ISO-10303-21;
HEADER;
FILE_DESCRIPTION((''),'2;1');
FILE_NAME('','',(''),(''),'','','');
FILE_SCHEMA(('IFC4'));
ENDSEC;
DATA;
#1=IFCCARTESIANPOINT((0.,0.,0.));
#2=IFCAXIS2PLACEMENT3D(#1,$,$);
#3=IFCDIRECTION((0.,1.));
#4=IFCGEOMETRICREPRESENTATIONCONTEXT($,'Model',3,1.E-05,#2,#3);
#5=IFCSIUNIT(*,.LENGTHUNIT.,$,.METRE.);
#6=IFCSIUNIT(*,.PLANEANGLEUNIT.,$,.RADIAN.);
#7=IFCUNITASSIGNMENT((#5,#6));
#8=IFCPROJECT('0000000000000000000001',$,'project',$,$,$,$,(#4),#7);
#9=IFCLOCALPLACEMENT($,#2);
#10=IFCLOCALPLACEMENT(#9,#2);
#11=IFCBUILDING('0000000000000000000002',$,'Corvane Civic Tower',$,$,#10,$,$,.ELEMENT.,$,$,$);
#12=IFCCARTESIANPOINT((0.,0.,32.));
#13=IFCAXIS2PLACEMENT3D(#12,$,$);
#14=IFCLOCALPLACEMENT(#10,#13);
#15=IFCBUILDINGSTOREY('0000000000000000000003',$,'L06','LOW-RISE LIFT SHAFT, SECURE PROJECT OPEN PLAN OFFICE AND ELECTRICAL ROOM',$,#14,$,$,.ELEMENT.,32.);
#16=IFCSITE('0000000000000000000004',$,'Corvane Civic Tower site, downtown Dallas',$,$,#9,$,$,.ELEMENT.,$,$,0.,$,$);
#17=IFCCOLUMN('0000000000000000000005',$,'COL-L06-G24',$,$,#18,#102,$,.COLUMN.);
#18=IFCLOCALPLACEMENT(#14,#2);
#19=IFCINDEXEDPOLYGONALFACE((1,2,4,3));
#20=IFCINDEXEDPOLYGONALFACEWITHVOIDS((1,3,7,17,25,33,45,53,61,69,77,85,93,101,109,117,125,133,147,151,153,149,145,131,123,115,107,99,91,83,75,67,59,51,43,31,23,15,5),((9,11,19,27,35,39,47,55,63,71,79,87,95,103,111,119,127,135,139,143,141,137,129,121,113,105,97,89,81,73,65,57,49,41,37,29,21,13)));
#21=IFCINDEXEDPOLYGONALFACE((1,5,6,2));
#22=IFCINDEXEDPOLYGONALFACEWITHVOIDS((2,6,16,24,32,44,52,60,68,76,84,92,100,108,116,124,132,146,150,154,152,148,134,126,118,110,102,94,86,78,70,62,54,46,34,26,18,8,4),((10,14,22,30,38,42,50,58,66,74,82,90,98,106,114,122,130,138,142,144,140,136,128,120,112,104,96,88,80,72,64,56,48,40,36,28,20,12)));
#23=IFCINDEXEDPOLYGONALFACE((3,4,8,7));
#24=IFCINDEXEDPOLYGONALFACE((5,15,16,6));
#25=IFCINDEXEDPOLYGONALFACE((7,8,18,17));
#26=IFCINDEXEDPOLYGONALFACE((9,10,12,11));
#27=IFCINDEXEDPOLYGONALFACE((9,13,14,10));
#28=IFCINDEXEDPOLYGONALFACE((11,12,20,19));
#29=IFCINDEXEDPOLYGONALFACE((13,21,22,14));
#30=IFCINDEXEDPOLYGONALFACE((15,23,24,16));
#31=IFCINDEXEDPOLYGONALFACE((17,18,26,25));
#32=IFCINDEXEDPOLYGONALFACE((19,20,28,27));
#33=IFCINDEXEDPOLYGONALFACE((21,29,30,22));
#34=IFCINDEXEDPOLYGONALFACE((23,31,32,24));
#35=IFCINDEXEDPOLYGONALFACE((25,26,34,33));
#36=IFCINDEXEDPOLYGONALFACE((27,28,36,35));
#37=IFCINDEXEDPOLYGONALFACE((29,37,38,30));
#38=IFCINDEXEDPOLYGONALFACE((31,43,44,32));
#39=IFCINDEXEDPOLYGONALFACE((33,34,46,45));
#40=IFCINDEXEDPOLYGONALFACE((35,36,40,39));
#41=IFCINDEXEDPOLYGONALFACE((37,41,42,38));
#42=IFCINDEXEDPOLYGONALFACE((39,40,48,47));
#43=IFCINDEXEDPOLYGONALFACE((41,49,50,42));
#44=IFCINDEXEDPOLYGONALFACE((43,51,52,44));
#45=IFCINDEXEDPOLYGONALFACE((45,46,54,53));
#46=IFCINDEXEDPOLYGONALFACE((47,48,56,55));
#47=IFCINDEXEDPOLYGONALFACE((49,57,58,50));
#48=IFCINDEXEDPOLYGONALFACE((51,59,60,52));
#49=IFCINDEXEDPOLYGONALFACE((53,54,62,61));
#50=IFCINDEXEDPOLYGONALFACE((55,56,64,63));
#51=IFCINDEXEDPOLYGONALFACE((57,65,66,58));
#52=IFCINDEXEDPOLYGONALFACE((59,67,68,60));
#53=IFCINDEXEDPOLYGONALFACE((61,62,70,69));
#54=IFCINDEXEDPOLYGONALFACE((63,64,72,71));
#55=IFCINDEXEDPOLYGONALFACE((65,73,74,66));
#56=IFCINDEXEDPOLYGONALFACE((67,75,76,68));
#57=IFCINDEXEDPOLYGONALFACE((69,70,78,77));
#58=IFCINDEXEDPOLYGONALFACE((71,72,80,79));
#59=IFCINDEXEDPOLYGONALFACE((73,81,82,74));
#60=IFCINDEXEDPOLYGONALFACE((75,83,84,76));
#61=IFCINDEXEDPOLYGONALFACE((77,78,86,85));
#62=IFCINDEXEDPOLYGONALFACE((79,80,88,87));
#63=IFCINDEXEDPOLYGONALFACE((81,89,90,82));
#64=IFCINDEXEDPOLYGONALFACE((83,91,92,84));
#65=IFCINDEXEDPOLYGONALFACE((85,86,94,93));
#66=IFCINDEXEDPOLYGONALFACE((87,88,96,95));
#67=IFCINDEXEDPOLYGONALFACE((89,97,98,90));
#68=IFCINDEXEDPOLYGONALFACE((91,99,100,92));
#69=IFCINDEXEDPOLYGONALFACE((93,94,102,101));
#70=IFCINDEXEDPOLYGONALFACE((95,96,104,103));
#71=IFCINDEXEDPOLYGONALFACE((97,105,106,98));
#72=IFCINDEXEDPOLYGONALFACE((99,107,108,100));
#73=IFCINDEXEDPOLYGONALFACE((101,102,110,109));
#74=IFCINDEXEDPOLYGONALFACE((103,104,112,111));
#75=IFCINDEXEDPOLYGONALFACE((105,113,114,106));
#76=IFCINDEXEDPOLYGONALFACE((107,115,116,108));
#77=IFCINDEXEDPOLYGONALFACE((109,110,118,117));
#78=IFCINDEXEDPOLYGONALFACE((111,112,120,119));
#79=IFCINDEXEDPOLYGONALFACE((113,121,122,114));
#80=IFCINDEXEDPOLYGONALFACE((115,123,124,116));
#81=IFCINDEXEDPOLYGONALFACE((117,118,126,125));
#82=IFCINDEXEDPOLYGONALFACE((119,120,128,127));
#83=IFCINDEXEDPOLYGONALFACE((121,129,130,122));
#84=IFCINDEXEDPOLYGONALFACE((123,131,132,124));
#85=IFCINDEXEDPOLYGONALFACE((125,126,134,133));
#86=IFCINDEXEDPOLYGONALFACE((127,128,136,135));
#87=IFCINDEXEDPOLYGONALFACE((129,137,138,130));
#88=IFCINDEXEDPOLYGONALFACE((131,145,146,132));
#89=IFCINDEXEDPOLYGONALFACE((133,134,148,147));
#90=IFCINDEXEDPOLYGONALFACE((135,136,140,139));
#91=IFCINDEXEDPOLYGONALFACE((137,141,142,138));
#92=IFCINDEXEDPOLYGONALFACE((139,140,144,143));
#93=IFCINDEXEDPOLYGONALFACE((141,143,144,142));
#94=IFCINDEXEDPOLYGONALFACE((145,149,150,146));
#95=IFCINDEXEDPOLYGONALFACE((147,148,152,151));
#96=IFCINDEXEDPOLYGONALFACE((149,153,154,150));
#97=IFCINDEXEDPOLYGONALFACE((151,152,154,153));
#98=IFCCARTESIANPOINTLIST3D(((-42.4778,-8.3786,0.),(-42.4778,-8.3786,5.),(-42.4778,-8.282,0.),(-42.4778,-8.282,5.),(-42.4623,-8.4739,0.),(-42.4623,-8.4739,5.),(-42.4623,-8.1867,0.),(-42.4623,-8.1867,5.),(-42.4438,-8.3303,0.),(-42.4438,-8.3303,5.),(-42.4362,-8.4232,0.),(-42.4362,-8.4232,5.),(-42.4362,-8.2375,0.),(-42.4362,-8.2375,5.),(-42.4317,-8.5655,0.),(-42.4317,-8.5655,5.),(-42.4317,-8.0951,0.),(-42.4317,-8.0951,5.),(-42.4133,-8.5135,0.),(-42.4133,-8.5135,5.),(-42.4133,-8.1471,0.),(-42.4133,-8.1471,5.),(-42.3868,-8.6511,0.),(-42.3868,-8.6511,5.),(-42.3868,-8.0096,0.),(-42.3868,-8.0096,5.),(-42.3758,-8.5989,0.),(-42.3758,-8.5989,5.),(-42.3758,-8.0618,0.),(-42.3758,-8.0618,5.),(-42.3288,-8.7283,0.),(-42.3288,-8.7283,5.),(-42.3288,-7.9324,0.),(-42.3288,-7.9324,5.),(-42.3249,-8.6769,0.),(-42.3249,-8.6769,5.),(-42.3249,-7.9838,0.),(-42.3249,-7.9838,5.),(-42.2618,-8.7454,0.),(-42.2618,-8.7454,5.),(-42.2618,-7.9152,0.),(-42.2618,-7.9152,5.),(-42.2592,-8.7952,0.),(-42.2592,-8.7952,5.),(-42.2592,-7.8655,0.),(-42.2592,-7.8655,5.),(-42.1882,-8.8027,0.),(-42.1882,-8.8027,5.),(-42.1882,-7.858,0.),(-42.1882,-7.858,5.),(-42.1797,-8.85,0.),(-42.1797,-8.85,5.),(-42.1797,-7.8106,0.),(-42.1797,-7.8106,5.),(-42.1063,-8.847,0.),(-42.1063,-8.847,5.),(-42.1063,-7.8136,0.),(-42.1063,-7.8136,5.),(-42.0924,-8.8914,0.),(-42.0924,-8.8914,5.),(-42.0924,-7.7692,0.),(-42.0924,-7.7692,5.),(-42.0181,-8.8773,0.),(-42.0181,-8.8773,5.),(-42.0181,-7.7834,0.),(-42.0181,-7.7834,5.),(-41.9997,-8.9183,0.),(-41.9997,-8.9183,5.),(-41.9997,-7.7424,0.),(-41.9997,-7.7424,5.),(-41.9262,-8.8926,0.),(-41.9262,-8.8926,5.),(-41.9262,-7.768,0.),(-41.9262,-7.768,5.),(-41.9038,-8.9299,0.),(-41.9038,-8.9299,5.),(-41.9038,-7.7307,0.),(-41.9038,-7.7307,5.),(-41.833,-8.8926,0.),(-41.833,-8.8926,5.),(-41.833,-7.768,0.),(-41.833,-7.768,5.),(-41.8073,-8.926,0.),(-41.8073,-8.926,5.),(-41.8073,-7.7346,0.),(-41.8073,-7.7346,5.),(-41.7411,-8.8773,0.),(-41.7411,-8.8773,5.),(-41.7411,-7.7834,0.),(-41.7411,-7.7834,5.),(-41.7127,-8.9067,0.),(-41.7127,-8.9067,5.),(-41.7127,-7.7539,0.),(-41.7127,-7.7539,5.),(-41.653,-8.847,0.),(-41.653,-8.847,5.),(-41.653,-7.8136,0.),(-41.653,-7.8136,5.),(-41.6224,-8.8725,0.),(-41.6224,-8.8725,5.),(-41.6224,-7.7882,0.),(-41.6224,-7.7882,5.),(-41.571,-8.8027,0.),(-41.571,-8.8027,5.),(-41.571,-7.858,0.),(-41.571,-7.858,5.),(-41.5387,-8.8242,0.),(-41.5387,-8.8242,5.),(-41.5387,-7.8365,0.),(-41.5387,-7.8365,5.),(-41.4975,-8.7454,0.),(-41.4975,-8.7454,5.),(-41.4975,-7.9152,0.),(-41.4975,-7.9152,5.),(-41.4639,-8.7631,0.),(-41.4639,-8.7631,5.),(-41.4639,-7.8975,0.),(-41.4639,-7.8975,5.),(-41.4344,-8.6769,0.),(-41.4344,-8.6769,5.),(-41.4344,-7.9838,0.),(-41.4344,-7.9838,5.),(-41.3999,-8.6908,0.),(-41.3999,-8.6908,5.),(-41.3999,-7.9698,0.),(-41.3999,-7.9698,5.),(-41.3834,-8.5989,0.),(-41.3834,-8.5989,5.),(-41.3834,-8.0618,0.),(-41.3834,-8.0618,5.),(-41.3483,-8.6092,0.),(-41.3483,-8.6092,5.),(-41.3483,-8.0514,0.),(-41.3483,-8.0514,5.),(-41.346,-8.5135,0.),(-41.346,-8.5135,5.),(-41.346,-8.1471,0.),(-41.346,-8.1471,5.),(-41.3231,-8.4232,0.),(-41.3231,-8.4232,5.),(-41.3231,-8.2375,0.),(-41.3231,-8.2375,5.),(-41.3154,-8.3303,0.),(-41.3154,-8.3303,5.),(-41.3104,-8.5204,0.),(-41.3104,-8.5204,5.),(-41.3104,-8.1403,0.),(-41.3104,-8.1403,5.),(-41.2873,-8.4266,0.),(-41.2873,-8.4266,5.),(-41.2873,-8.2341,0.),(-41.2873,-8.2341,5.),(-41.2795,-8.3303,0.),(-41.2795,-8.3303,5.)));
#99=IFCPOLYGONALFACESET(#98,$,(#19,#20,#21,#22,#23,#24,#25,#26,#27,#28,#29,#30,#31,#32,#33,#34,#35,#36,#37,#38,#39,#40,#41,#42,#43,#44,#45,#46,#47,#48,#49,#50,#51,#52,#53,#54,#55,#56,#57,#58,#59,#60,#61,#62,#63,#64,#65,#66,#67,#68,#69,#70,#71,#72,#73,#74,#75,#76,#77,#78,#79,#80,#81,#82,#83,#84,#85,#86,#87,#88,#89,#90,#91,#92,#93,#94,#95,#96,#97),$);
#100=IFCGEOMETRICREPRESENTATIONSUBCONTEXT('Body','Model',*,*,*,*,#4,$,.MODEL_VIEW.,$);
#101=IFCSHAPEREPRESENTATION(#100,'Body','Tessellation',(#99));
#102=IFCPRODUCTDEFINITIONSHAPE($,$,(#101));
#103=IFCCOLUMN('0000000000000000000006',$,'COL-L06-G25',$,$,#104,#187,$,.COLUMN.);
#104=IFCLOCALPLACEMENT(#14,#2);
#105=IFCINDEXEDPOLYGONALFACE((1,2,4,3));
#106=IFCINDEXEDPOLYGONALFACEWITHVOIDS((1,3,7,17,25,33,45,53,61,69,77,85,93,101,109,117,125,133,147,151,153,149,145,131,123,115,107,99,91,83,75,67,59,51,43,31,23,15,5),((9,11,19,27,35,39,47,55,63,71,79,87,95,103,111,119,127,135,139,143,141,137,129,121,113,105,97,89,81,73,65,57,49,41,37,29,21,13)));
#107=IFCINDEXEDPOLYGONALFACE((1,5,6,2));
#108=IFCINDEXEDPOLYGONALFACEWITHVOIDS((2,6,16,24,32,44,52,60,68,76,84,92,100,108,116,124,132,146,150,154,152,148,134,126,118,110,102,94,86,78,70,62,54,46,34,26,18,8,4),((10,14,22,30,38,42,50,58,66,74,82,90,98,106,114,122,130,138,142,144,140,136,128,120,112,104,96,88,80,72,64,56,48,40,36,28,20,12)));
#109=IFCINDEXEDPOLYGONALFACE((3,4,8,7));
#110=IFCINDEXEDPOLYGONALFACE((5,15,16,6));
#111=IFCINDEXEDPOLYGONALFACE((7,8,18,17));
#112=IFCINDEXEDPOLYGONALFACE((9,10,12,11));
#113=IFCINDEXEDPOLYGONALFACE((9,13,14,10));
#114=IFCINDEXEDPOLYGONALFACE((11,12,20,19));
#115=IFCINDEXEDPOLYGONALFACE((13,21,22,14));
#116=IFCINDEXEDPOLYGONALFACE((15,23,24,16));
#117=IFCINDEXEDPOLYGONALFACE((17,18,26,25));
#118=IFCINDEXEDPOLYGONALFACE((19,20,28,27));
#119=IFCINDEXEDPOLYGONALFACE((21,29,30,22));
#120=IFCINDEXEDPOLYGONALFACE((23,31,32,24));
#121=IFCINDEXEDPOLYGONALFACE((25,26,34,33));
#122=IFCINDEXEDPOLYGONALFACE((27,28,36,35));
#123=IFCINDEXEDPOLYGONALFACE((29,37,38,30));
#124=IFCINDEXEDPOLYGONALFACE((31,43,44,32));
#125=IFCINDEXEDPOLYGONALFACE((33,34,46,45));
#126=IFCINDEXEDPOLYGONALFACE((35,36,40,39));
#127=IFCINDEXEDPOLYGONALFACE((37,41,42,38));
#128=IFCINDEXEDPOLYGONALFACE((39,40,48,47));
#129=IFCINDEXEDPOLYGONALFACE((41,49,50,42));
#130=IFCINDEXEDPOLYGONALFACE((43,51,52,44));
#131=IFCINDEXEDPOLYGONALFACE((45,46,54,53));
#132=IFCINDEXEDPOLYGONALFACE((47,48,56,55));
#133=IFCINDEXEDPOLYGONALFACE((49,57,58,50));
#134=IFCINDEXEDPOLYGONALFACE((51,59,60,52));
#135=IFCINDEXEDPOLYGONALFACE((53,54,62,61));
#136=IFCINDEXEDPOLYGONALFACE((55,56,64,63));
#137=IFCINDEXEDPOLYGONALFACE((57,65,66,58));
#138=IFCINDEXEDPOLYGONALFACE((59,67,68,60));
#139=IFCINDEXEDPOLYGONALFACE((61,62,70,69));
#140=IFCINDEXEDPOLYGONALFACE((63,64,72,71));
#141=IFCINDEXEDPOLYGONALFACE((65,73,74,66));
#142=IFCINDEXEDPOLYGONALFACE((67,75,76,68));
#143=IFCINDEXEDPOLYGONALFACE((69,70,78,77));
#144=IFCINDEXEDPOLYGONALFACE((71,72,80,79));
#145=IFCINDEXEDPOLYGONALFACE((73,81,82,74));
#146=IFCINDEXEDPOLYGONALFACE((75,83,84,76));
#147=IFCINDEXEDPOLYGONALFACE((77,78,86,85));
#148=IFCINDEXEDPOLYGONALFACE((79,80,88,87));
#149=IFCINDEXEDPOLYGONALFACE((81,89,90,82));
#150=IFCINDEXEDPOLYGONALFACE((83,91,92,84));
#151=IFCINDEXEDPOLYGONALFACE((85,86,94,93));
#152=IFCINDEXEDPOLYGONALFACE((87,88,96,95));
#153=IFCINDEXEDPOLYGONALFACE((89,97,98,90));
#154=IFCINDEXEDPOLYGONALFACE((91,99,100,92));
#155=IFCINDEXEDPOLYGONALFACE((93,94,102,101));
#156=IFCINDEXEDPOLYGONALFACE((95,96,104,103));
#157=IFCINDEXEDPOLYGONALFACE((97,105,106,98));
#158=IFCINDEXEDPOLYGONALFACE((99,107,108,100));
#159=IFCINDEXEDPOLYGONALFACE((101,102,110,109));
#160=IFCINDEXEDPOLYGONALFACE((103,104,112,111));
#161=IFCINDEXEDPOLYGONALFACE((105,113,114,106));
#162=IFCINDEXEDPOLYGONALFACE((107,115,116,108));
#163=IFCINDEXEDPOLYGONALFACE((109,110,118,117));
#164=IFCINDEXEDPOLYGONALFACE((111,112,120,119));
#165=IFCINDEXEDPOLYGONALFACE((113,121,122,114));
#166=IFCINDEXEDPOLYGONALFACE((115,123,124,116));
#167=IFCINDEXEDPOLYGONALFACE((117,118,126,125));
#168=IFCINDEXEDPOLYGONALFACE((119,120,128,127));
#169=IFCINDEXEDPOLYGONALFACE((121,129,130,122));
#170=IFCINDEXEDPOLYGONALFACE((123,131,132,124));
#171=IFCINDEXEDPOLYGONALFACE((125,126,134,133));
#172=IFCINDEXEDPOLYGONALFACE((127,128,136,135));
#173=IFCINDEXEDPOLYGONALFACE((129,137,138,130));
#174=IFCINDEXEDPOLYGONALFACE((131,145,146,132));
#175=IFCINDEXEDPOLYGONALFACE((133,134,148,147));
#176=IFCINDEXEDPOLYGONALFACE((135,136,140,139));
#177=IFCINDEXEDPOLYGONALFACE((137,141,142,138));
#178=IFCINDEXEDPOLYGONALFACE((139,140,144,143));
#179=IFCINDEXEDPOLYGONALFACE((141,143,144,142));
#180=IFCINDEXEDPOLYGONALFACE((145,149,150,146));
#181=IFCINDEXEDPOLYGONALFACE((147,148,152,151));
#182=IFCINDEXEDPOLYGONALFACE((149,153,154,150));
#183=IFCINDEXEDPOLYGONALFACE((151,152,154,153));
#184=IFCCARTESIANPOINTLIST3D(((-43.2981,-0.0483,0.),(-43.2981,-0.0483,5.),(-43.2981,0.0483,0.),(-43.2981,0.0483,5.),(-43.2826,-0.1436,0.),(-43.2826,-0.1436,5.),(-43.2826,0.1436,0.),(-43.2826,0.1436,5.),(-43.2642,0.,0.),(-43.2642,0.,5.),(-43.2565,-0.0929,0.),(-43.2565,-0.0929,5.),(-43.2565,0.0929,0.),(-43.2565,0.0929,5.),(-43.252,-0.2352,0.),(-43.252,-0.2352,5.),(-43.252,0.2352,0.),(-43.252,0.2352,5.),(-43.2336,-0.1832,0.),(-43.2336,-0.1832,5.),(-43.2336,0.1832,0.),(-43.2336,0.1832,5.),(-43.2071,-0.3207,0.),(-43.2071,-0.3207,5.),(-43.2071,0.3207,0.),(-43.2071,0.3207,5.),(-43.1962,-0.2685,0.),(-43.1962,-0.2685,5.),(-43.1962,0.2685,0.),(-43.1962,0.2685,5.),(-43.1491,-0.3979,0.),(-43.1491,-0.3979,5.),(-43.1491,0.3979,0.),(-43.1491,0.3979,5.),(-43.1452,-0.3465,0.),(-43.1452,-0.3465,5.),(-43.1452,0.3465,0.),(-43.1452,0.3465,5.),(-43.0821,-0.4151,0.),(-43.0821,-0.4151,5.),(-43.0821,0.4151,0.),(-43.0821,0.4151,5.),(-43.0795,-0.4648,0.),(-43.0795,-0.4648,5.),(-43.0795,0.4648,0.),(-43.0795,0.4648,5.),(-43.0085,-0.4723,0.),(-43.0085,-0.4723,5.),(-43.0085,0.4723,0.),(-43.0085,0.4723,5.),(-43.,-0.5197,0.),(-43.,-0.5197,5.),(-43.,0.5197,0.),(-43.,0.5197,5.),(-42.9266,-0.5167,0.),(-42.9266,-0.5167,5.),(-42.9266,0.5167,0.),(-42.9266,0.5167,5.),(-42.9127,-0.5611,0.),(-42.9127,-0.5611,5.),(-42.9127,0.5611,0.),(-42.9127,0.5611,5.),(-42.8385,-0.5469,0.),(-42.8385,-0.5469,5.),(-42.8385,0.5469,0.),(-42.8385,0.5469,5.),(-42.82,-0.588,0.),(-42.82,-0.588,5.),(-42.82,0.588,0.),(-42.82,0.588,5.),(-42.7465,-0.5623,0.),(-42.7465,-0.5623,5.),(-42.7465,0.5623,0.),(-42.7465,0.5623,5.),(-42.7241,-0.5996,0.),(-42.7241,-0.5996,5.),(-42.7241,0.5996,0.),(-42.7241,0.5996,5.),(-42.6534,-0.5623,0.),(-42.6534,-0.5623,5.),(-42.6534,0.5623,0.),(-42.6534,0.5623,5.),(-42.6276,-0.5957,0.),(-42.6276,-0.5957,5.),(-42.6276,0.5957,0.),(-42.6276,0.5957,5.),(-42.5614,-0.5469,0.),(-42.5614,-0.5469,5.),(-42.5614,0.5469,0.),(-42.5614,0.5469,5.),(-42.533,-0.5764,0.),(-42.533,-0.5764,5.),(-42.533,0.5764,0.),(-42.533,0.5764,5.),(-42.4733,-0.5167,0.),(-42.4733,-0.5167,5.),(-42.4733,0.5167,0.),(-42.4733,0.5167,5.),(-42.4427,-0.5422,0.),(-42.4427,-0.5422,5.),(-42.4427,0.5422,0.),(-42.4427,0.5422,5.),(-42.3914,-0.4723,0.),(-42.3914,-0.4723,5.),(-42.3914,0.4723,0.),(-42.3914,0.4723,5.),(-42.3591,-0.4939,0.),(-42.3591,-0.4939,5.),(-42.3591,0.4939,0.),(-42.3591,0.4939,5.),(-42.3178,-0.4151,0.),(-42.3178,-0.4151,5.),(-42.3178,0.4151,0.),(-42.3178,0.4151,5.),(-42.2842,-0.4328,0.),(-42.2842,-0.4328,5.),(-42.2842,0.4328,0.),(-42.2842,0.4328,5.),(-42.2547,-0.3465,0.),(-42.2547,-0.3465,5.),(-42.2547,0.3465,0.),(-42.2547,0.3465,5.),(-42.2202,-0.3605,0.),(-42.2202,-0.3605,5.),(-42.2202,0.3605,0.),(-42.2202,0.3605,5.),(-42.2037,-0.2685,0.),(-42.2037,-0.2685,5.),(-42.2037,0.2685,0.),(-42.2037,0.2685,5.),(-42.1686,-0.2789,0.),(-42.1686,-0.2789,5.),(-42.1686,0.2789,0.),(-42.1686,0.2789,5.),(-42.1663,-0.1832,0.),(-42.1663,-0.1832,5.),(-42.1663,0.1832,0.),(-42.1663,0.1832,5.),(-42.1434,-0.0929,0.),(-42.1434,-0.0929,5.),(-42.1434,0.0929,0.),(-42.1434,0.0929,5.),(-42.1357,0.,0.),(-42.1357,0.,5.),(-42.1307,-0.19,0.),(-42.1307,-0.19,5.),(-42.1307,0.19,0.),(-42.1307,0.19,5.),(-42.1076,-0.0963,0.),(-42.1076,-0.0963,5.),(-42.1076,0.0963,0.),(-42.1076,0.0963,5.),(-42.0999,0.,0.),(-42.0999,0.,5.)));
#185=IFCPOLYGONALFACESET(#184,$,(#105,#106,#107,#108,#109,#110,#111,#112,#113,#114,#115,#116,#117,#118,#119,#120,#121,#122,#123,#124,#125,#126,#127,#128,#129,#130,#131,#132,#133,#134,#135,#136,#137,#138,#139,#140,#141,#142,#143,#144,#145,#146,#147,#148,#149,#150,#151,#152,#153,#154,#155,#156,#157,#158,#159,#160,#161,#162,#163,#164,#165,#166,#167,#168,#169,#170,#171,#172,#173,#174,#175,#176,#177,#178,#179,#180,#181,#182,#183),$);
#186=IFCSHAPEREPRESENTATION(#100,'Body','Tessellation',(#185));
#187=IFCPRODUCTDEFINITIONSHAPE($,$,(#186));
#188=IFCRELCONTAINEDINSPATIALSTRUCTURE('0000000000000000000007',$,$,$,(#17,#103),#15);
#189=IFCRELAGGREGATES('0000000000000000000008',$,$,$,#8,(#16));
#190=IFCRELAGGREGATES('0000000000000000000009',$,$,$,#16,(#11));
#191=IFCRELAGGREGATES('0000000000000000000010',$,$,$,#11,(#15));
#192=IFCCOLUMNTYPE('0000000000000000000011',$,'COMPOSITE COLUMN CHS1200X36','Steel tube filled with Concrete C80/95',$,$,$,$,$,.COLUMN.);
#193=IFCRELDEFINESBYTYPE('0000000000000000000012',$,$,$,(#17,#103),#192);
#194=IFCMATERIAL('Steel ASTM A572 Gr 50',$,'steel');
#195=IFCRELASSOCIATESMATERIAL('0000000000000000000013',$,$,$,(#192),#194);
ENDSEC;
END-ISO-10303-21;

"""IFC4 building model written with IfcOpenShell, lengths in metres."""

from ifc_helpers import new_model, si_unit, direction, frame, origin, origin_2d, place, context, subcontext, project, spatial, hollow_circle, extrude, material, material_profile, profile_set, type_object, element, save


model = new_model("IFC4")

# Units and contexts
model_context = context("Model", 3, precision=1e-05, world=origin(), true_north=direction((0.0, 1.0)))
body_context = subcontext(model_context, "Body", "Model", "MODEL_VIEW")
ifc_project = project(units=[si_unit("LENGTHUNIT", "METRE"), si_unit("PLANEANGLEUNIT", "RADIAN")], contexts=[model_context])

# Site, building, storey
site_placement = place(None, origin())
site = spatial("IfcSite", under=ifc_project, at=site_placement, Name="Corvane Civic Tower site, downtown Dallas", CompositionType="ELEMENT", RefElevation=0.0)
building_placement = place(site_placement, origin())
building = spatial("IfcBuilding", under=site, at=building_placement, Name="Corvane Civic Tower", CompositionType="ELEMENT")
storey_placement = place(building_placement, frame((0.0, 0.0, 32.0)))
storey = spatial("IfcBuildingStorey", under=building, at=storey_placement, Name="L06", Description="LOW-RISE LIFT SHAFT, SECURE PROJECT OPEN PLAN OFFICE AND ELECTRICAL ROOM", CompositionType="ELEMENT", Elevation=32.0)

# Columns
ifc_material_1 = material(Name="Steel ASTM A572 Gr 50", Category="steel")
ifc_material_profile_1 = material_profile(ifc_material_1, hollow_circle(Radius=0.6001, WallThickness=0.0359, at=origin_2d()), Name="CHS1200X36")
ifc_profile_set_1 = profile_set([ifc_material_profile_1], Name="Steel ASTM A572 Gr 50")
column_type = type_object("IfcColumnType", Name="COMPOSITE COLUMN CHS1200X36", Description="Steel tube filled with Concrete C80/95", PredefinedType="COLUMN", material=ifc_profile_set_1)
for number, where, z_axis, x_axis, name in (
    (1, (-41.8796, -8.3303, 0.0), (0.0, 0.0, 1.0), (1.0, 0.0, 0.0), "COL-L06-G24"),
    (2, (-42.7, 0.0, 0.0), (0.0, 0.0, 1.0), (1.0, 0.0, 0.0), "COL-L06-G25"),
):
    element("IfcColumn", number, at=place(storey_placement, frame(where, z_axis=z_axis, x_axis=x_axis)), inside=storey, type_object=column_type, Name=name, PredefinedType="COLUMN", context=body_context, shape_type="SweptSolid", body=[
        extrude(hollow_circle(Radius=0.6001, WallThickness=0.0359, at=origin_2d()), origin(), (0.0, 0.0, 1.0), 5.0),
    ])

save(model, "model.ifc")
